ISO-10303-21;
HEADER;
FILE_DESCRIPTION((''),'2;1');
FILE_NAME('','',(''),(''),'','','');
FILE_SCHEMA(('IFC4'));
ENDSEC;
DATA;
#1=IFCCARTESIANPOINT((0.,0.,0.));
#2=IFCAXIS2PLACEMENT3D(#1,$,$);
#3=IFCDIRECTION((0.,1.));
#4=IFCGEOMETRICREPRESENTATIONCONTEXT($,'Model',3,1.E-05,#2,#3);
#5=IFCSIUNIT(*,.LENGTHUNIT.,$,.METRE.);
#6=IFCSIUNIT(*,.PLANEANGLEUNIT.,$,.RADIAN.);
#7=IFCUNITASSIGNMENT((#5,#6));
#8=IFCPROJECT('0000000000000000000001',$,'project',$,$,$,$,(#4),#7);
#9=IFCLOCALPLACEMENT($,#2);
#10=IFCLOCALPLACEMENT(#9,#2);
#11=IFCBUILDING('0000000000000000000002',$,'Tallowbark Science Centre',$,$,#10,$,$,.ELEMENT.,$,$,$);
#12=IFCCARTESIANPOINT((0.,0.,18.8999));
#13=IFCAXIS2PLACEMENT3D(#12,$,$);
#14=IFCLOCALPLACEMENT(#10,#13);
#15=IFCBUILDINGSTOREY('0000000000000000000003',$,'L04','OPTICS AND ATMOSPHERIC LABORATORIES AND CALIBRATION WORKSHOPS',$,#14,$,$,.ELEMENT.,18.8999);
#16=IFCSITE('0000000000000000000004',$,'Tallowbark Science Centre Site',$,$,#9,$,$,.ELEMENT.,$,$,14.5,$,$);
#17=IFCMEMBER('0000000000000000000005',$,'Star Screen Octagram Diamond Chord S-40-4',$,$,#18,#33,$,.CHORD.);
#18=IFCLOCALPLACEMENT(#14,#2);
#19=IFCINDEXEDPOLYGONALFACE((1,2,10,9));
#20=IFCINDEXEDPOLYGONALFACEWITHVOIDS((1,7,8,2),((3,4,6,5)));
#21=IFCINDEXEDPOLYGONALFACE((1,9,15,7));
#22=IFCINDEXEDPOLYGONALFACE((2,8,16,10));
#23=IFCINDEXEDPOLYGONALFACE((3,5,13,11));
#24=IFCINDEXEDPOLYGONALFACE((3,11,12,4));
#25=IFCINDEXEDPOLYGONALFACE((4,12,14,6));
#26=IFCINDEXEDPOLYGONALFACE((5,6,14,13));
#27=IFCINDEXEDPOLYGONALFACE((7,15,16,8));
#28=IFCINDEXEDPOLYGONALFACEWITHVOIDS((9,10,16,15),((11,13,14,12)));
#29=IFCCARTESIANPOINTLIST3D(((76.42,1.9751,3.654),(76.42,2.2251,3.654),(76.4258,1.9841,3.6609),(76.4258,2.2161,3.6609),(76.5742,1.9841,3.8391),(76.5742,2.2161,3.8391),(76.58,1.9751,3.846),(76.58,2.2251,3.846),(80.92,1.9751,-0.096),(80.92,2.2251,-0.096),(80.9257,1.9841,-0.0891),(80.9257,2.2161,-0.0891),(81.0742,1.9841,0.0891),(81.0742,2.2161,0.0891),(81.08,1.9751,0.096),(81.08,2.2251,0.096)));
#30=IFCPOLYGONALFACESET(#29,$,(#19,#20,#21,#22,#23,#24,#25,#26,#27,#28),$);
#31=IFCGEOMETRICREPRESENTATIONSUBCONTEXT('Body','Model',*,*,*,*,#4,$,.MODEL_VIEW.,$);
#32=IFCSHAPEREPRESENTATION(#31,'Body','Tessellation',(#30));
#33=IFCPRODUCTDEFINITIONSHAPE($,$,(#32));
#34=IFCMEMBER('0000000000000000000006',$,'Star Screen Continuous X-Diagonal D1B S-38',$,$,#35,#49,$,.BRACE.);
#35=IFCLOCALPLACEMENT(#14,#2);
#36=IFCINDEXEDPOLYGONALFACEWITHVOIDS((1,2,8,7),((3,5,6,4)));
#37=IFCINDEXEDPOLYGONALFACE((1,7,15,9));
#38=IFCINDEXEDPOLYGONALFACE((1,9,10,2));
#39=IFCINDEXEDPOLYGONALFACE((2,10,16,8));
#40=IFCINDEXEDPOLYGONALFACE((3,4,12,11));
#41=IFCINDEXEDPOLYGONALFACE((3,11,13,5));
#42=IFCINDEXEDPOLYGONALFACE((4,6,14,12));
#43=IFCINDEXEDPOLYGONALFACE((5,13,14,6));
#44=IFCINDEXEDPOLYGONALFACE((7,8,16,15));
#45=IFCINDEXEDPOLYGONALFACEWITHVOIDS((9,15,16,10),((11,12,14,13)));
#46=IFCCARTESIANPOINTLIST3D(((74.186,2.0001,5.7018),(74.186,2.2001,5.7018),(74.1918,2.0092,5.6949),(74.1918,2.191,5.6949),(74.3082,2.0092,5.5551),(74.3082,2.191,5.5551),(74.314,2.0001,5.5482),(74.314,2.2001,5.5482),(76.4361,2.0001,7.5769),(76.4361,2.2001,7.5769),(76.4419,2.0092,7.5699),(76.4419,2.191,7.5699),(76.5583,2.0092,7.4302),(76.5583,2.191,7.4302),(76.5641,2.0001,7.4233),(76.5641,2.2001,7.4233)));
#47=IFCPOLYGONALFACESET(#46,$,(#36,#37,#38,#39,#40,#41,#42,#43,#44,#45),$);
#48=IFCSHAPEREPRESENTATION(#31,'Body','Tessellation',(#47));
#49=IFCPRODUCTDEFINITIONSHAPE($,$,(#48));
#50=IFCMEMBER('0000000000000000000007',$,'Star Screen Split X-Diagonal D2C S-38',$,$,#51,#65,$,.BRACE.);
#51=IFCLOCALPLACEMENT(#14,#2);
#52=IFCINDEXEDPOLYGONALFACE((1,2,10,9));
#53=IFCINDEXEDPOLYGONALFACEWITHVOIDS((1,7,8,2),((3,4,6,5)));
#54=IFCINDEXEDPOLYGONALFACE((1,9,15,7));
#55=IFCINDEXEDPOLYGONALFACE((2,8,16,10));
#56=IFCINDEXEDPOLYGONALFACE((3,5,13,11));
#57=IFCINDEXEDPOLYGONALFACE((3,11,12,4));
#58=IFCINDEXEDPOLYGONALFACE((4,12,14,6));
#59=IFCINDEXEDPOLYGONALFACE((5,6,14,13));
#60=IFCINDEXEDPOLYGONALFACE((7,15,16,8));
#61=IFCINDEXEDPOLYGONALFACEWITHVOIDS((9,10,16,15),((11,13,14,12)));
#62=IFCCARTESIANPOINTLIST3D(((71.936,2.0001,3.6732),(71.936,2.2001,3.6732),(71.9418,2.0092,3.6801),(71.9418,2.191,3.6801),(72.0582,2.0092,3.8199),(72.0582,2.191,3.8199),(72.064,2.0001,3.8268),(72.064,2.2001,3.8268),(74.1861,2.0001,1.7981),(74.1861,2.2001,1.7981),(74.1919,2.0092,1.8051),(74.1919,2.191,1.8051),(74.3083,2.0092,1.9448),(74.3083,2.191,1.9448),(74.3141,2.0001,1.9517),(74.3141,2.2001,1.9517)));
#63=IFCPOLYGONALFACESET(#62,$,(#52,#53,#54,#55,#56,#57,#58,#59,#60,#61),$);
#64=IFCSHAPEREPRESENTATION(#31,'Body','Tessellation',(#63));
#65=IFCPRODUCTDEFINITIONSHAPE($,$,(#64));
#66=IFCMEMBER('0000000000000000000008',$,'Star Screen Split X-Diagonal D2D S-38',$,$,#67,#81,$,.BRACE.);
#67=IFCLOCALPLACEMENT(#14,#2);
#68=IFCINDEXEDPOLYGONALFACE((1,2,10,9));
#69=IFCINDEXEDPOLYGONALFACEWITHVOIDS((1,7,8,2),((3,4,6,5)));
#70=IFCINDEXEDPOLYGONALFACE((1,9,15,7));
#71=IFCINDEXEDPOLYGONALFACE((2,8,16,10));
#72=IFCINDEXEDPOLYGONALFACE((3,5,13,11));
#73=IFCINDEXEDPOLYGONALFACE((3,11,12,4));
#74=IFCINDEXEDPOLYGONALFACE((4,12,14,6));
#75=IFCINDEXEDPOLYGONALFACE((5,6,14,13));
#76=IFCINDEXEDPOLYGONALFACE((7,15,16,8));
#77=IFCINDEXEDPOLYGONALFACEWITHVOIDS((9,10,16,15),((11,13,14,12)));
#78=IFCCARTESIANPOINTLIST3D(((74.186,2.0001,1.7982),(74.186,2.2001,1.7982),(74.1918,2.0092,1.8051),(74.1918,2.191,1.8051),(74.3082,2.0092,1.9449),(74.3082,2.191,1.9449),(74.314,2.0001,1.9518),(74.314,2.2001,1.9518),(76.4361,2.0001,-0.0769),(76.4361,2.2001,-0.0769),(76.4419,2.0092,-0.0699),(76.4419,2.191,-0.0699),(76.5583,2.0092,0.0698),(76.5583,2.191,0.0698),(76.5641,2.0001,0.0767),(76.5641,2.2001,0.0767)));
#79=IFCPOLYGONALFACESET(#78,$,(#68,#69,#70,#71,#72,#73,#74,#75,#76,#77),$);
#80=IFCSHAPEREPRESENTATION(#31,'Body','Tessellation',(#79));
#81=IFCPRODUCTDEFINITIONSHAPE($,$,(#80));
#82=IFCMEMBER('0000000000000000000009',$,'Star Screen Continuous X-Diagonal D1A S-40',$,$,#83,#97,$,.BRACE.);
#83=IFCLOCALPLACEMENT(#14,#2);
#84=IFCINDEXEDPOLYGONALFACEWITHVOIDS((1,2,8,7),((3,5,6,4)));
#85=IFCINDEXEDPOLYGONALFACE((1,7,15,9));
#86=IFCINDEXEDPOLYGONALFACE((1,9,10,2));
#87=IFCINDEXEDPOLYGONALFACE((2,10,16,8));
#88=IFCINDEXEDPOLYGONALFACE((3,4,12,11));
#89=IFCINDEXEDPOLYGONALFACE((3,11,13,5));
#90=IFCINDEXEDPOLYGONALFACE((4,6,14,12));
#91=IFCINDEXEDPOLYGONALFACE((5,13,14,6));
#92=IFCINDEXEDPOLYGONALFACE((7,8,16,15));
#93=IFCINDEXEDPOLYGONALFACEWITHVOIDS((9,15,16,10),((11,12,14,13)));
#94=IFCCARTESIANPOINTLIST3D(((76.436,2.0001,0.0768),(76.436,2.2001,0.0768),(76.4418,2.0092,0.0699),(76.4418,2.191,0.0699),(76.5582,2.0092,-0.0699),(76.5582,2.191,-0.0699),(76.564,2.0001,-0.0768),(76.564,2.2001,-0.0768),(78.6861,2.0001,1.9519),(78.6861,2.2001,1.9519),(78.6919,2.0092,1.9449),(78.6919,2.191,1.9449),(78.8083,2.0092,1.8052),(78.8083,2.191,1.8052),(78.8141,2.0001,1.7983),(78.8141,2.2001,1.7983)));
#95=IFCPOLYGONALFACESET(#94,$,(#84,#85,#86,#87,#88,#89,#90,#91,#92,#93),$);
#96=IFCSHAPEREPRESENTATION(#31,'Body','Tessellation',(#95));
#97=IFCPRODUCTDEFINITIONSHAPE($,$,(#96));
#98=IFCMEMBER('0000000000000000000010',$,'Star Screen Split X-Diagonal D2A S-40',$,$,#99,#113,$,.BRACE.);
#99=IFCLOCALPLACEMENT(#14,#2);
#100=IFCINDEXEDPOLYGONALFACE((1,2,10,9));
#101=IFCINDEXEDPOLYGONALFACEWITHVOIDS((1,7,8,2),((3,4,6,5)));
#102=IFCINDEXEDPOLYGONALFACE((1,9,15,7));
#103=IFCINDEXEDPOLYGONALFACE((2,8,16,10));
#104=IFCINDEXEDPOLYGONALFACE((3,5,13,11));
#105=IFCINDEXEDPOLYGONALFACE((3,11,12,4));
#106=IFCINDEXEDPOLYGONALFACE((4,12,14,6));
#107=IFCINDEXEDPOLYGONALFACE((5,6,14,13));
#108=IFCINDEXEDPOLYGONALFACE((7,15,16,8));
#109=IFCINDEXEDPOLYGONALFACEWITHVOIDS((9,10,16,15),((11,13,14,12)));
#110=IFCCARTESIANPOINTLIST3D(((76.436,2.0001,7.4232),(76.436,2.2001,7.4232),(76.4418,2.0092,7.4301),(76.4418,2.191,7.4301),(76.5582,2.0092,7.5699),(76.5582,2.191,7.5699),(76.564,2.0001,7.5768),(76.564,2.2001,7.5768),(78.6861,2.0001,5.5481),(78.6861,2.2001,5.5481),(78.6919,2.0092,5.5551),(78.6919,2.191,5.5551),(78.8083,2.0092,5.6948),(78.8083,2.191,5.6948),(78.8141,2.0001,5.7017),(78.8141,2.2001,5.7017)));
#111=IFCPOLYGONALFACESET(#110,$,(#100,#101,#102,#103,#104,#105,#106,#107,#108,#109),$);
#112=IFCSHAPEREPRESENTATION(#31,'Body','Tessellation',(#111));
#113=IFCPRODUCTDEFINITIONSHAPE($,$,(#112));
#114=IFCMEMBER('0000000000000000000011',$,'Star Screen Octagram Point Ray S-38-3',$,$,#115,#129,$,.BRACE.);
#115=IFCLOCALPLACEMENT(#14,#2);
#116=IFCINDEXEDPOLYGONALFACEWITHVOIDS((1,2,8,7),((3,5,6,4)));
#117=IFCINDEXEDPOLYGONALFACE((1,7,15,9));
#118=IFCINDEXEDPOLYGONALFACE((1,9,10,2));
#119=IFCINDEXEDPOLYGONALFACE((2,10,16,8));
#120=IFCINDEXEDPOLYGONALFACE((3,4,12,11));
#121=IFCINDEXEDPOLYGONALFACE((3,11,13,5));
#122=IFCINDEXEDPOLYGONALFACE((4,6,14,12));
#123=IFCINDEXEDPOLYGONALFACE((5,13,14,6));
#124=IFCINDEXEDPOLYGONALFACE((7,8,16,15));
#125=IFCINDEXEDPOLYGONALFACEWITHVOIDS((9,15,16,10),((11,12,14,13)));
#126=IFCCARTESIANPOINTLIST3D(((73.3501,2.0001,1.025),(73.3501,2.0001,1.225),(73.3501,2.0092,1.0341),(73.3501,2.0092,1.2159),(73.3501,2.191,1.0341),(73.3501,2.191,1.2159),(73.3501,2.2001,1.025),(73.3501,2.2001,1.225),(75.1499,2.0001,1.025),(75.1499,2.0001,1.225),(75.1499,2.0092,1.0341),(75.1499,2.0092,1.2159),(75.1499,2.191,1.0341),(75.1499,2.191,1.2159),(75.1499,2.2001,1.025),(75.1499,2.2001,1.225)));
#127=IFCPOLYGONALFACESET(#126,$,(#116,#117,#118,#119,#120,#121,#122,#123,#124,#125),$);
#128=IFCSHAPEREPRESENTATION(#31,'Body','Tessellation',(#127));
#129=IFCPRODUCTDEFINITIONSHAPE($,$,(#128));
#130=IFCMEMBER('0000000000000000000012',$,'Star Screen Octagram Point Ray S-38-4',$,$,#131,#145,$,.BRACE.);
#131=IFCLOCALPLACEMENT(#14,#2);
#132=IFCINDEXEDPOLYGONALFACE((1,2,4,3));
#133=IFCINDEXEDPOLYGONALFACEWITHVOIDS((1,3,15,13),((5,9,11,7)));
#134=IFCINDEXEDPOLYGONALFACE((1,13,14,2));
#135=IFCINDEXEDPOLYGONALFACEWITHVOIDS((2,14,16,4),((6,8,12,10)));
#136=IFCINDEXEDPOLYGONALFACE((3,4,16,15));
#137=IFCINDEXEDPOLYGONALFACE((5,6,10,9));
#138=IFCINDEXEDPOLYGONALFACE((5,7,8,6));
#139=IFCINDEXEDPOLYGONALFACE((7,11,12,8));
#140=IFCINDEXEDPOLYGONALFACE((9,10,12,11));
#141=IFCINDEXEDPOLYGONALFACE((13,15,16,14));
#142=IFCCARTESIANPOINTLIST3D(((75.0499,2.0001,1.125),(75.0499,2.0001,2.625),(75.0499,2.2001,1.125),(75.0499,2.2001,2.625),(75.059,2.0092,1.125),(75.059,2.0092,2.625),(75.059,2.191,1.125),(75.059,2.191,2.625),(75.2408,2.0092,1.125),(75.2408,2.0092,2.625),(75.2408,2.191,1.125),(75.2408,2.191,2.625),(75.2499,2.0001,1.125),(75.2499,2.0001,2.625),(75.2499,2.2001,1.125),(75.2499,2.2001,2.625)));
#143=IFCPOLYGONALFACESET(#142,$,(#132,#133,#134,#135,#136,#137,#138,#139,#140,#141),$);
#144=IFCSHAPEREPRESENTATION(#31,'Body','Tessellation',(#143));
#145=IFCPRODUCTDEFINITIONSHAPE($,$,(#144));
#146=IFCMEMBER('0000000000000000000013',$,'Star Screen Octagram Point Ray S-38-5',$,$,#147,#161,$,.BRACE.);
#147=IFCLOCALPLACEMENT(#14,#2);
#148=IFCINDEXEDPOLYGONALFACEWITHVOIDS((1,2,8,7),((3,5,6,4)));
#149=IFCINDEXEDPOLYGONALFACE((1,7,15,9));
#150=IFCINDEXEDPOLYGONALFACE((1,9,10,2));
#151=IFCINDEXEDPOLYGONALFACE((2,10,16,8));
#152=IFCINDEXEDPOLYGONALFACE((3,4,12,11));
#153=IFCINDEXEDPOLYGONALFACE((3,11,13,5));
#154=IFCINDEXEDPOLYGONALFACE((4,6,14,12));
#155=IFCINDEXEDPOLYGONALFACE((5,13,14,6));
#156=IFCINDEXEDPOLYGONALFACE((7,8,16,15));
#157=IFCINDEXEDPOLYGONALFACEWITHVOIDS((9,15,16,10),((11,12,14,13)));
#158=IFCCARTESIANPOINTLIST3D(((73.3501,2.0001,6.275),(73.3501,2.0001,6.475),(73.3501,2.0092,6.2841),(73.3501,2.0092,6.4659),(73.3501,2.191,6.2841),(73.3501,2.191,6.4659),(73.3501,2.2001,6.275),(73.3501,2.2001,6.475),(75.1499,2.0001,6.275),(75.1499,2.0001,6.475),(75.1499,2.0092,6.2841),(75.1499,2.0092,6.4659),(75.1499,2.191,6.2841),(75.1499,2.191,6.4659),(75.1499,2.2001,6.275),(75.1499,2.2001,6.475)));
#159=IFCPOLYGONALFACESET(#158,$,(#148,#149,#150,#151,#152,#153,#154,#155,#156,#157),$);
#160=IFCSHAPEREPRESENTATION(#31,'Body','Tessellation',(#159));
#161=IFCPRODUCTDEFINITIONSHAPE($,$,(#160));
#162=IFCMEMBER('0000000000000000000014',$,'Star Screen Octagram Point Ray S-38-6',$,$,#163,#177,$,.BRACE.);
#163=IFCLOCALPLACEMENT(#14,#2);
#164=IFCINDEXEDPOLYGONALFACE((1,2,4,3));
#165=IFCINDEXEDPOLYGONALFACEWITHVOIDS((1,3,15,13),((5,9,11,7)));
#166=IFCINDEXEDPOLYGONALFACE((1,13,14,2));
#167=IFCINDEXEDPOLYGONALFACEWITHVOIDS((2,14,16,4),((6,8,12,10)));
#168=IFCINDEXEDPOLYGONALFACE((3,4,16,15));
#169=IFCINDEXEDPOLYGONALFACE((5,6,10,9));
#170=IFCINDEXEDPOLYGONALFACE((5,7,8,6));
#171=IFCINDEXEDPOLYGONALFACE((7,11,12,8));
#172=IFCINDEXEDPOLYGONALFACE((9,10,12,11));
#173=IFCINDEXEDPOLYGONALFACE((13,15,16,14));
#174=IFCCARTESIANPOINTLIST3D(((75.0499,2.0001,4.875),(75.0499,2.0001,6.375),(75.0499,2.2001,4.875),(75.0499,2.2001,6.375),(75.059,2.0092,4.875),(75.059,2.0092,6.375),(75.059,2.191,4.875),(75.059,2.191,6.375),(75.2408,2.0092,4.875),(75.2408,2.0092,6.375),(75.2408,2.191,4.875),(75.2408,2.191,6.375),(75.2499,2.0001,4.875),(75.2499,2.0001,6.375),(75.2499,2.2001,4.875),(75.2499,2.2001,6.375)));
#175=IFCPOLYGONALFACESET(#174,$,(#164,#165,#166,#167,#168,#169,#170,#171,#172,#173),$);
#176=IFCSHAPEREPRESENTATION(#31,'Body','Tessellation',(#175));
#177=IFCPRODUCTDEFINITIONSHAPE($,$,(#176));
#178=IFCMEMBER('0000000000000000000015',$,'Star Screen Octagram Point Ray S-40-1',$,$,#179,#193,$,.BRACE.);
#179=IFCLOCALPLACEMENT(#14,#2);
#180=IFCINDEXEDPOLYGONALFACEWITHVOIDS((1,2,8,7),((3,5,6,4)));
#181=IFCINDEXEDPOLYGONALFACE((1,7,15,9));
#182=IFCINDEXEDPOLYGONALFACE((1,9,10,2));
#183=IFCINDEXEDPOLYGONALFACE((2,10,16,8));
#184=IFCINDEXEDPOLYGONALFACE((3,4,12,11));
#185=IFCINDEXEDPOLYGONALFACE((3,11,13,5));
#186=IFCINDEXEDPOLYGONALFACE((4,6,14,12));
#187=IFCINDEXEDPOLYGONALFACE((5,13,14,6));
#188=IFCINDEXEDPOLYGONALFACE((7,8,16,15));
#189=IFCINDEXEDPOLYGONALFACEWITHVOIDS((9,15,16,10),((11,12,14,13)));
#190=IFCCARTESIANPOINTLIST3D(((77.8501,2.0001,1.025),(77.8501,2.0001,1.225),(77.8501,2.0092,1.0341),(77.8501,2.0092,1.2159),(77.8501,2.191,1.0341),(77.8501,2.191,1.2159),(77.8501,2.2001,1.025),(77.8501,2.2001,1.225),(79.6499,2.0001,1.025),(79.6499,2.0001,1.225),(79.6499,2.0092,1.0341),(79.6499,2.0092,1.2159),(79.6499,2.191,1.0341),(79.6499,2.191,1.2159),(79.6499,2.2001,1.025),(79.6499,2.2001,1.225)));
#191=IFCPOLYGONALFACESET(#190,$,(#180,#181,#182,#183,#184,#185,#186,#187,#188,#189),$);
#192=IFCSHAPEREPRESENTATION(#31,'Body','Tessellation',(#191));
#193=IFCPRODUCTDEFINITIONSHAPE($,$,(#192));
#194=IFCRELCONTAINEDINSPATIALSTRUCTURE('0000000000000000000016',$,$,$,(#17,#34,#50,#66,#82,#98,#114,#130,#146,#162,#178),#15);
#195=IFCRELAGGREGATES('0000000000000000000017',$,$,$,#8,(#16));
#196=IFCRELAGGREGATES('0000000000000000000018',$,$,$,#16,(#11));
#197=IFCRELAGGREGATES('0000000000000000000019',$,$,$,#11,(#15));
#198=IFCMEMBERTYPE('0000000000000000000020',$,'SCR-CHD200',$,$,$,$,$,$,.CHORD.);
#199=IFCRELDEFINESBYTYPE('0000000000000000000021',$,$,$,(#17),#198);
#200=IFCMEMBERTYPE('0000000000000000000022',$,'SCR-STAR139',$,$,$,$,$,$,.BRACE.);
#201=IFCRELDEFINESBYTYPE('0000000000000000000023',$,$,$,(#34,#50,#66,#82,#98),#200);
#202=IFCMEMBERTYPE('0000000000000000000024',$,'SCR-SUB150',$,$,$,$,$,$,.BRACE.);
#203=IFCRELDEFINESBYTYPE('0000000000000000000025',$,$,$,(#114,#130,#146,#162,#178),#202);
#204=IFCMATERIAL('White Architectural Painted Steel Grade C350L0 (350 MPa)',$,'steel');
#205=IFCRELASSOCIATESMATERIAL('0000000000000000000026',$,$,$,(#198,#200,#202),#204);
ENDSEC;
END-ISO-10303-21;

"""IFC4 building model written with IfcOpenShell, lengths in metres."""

from ifc_helpers import new_model, si_unit, direction, frame, origin, origin_2d, place, context, subcontext, project, spatial, hollow_rectangle, extrude, material, material_profile, profile_set, type_object, element, save


model = new_model("IFC4")

# Units and contexts
model_context = context("Model", 3, precision=1e-05, world=origin(), true_north=direction((0.0, 1.0)))
body_context = subcontext(model_context, "Body", "Model", "MODEL_VIEW")
ifc_project = project(units=[si_unit("LENGTHUNIT", "METRE"), si_unit("PLANEANGLEUNIT", "RADIAN")], contexts=[model_context])

# Site, building, storey
site_placement = place(None, origin())
site = spatial("IfcSite", under=ifc_project, at=site_placement, Name="Tallowbark Science Centre Site", CompositionType="ELEMENT", RefElevation=14.5)
building_placement = place(site_placement, origin())
building = spatial("IfcBuilding", under=site, at=building_placement, Name="Tallowbark Science Centre", CompositionType="ELEMENT")
storey_placement = place(building_placement, frame((0.0, 0.0, 18.8999)))
storey = spatial("IfcBuildingStorey", under=building, at=storey_placement, Name="L04", Description="OPTICS AND ATMOSPHERIC LABORATORIES AND CALIBRATION WORKSHOPS", CompositionType="ELEMENT", Elevation=18.8999)

# Shared definitions
ifc_material_1 = material(Name="White Architectural Painted Steel Grade C350L0 (350 MPa)", Category="steel")

# Members
ifc_material_profile_1 = material_profile(ifc_material_1, hollow_rectangle(XDim=0.25, YDim=0.25, WallThickness=0.009, at=origin_2d()), Name="250x250x9.0SHS")
ifc_profile_set_1 = profile_set([ifc_material_profile_1], Name="White Architectural Painted Steel Grade C350L0 (350 MPa)")
member_type_1 = type_object("IfcMemberType", Name="SCR-CHD200", PredefinedType="CHORD", material=ifc_profile_set_1)
member_1_placement = place(storey_placement, frame((76.5, 2.1001, 3.75), z_axis=(0.768221, 0.0, -0.640184), x_axis=(0.0, 1.0, 0.0)))
element("IfcMember", 1, at=member_1_placement, inside=storey, type_object=member_type_1, Name="Star Screen Octagram Diamond Chord S-40-4", PredefinedType="CHORD", context=body_context, shape_type="SweptSolid", body=[
    extrude(hollow_rectangle(XDim=0.25, YDim=0.25, WallThickness=0.009, at=origin_2d()), origin(), (0.0, 0.0, 1.0), 5.8577),
])
ifc_material_profile_2 = material_profile(ifc_material_1, hollow_rectangle(XDim=0.2, YDim=0.2, WallThickness=0.009, at=origin_2d()), Name="200x200x9.0SHS")
ifc_profile_set_2 = profile_set([ifc_material_profile_2], Name="White Architectural Painted Steel Grade C350L0 (350 MPa)")
member_type_2 = type_object("IfcMemberType", Name="SCR-STAR139", PredefinedType="BRACE", material=ifc_profile_set_2)
for number, where, z_axis, x_axis, name in (
    (2, (74.25, 2.1001, 5.625), (0.768221, 0.0, 0.640184), (0.0, 1.0, 0.0), "Star Screen Continuous X-Diagonal D1B S-38"),
    (3, (72.0, 2.1001, 3.75), (0.768221, 0.0, -0.640184), (0.0, 1.0, 0.0), "Star Screen Split X-Diagonal D2C S-38"),
    (4, (74.25, 2.1001, 1.875), (0.768221, 0.0, -0.640184), (0.0, 1.0, 0.0), "Star Screen Split X-Diagonal D2D S-38"),
    (5, (76.5, 2.1001, 0.0), (0.768221, 0.0, 0.640184), (0.0, 1.0, 0.0), "Star Screen Continuous X-Diagonal D1A S-40"),
    (6, (76.5, 2.1001, 7.5), (0.768221, 0.0, -0.640184), (0.0, 1.0, 0.0), "Star Screen Split X-Diagonal D2A S-40"),
):
    element("IfcMember", number, at=place(storey_placement, frame(where, z_axis=z_axis, x_axis=x_axis)), inside=storey, type_object=member_type_2, Name=name, PredefinedType="BRACE", context=body_context, shape_type="SweptSolid", body=[
        extrude(hollow_rectangle(XDim=0.2, YDim=0.2, WallThickness=0.009, at=origin_2d()), origin(), (0.0, 0.0, 1.0), 2.929),
    ])
ifc_material_profile_3 = material_profile(ifc_material_1, hollow_rectangle(XDim=0.2, YDim=0.2, WallThickness=0.009, at=origin_2d()), Name="200x200x9.0SHS")
ifc_profile_set_3 = profile_set([ifc_material_profile_3], Name="White Architectural Painted Steel Grade C350L0 (350 MPa)")
member_type_3 = type_object("IfcMemberType", Name="SCR-SUB150", PredefinedType="BRACE", material=ifc_profile_set_3)
member_2_placement = place(storey_placement, frame((75.1499, 2.1001, 1.125), z_axis=(-1.0, 0.0, 0.0), x_axis=(0.0, -1.0, 0.0)))
element("IfcMember", 7, at=member_2_placement, inside=storey, type_object=member_type_3, Name="Star Screen Octagram Point Ray S-38-3", PredefinedType="BRACE", context=body_context, shape_type="SweptSolid", body=[
    extrude(hollow_rectangle(XDim=0.2, YDim=0.2, WallThickness=0.009, at=origin_2d()), origin(), (0.0, 0.0, 1.0), 1.7998),
])
member_3_placement = place(storey_placement, frame((75.1499, 2.1001, 1.125), z_axis=(0.0, 0.0, 1.0), x_axis=(1.0, 0.0, 0.0)))
element("IfcMember", 8, at=member_3_placement, inside=storey, type_object=member_type_3, Name="Star Screen Octagram Point Ray S-38-4", PredefinedType="BRACE", context=body_context, shape_type="SweptSolid", body=[
    extrude(hollow_rectangle(XDim=0.2, YDim=0.2, WallThickness=0.009, at=origin_2d()), origin(), (0.0, 0.0, 1.0), 1.5),
])
member_4_placement = place(storey_placement, frame((75.1499, 2.1001, 6.375), z_axis=(-1.0, 0.0, 0.0), x_axis=(0.0, -1.0, 0.0)))
element("IfcMember", 9, at=member_4_placement, inside=storey, type_object=member_type_3, Name="Star Screen Octagram Point Ray S-38-5", PredefinedType="BRACE", context=body_context, shape_type="SweptSolid", body=[
    extrude(hollow_rectangle(XDim=0.2, YDim=0.2, WallThickness=0.009, at=origin_2d()), origin(), (0.0, 0.0, 1.0), 1.7998),
])
member_5_placement = place(storey_placement, frame((75.1499, 2.1001, 6.375), z_axis=(0.0, 0.0, -1.0), x_axis=(1.0, 0.0, 0.0)))
element("IfcMember", 10, at=member_5_placement, inside=storey, type_object=member_type_3, Name="Star Screen Octagram Point Ray S-38-6", PredefinedType="BRACE", context=body_context, shape_type="SweptSolid", body=[
    extrude(hollow_rectangle(XDim=0.2, YDim=0.2, WallThickness=0.009, at=origin_2d()), origin(), (0.0, 0.0, 1.0), 1.5),
])
member_6_placement = place(storey_placement, frame((77.8501, 2.1001, 1.125), z_axis=(1.0, 0.0, 0.0), x_axis=(0.0, 1.0, 0.0)))
element("IfcMember", 11, at=member_6_placement, inside=storey, type_object=member_type_3, Name="Star Screen Octagram Point Ray S-40-1", PredefinedType="BRACE", context=body_context, shape_type="SweptSolid", body=[
    extrude(hollow_rectangle(XDim=0.2, YDim=0.2, WallThickness=0.009, at=origin_2d()), origin(), (0.0, 0.0, 1.0), 1.7998),
])

save(model, "model.ifc")
